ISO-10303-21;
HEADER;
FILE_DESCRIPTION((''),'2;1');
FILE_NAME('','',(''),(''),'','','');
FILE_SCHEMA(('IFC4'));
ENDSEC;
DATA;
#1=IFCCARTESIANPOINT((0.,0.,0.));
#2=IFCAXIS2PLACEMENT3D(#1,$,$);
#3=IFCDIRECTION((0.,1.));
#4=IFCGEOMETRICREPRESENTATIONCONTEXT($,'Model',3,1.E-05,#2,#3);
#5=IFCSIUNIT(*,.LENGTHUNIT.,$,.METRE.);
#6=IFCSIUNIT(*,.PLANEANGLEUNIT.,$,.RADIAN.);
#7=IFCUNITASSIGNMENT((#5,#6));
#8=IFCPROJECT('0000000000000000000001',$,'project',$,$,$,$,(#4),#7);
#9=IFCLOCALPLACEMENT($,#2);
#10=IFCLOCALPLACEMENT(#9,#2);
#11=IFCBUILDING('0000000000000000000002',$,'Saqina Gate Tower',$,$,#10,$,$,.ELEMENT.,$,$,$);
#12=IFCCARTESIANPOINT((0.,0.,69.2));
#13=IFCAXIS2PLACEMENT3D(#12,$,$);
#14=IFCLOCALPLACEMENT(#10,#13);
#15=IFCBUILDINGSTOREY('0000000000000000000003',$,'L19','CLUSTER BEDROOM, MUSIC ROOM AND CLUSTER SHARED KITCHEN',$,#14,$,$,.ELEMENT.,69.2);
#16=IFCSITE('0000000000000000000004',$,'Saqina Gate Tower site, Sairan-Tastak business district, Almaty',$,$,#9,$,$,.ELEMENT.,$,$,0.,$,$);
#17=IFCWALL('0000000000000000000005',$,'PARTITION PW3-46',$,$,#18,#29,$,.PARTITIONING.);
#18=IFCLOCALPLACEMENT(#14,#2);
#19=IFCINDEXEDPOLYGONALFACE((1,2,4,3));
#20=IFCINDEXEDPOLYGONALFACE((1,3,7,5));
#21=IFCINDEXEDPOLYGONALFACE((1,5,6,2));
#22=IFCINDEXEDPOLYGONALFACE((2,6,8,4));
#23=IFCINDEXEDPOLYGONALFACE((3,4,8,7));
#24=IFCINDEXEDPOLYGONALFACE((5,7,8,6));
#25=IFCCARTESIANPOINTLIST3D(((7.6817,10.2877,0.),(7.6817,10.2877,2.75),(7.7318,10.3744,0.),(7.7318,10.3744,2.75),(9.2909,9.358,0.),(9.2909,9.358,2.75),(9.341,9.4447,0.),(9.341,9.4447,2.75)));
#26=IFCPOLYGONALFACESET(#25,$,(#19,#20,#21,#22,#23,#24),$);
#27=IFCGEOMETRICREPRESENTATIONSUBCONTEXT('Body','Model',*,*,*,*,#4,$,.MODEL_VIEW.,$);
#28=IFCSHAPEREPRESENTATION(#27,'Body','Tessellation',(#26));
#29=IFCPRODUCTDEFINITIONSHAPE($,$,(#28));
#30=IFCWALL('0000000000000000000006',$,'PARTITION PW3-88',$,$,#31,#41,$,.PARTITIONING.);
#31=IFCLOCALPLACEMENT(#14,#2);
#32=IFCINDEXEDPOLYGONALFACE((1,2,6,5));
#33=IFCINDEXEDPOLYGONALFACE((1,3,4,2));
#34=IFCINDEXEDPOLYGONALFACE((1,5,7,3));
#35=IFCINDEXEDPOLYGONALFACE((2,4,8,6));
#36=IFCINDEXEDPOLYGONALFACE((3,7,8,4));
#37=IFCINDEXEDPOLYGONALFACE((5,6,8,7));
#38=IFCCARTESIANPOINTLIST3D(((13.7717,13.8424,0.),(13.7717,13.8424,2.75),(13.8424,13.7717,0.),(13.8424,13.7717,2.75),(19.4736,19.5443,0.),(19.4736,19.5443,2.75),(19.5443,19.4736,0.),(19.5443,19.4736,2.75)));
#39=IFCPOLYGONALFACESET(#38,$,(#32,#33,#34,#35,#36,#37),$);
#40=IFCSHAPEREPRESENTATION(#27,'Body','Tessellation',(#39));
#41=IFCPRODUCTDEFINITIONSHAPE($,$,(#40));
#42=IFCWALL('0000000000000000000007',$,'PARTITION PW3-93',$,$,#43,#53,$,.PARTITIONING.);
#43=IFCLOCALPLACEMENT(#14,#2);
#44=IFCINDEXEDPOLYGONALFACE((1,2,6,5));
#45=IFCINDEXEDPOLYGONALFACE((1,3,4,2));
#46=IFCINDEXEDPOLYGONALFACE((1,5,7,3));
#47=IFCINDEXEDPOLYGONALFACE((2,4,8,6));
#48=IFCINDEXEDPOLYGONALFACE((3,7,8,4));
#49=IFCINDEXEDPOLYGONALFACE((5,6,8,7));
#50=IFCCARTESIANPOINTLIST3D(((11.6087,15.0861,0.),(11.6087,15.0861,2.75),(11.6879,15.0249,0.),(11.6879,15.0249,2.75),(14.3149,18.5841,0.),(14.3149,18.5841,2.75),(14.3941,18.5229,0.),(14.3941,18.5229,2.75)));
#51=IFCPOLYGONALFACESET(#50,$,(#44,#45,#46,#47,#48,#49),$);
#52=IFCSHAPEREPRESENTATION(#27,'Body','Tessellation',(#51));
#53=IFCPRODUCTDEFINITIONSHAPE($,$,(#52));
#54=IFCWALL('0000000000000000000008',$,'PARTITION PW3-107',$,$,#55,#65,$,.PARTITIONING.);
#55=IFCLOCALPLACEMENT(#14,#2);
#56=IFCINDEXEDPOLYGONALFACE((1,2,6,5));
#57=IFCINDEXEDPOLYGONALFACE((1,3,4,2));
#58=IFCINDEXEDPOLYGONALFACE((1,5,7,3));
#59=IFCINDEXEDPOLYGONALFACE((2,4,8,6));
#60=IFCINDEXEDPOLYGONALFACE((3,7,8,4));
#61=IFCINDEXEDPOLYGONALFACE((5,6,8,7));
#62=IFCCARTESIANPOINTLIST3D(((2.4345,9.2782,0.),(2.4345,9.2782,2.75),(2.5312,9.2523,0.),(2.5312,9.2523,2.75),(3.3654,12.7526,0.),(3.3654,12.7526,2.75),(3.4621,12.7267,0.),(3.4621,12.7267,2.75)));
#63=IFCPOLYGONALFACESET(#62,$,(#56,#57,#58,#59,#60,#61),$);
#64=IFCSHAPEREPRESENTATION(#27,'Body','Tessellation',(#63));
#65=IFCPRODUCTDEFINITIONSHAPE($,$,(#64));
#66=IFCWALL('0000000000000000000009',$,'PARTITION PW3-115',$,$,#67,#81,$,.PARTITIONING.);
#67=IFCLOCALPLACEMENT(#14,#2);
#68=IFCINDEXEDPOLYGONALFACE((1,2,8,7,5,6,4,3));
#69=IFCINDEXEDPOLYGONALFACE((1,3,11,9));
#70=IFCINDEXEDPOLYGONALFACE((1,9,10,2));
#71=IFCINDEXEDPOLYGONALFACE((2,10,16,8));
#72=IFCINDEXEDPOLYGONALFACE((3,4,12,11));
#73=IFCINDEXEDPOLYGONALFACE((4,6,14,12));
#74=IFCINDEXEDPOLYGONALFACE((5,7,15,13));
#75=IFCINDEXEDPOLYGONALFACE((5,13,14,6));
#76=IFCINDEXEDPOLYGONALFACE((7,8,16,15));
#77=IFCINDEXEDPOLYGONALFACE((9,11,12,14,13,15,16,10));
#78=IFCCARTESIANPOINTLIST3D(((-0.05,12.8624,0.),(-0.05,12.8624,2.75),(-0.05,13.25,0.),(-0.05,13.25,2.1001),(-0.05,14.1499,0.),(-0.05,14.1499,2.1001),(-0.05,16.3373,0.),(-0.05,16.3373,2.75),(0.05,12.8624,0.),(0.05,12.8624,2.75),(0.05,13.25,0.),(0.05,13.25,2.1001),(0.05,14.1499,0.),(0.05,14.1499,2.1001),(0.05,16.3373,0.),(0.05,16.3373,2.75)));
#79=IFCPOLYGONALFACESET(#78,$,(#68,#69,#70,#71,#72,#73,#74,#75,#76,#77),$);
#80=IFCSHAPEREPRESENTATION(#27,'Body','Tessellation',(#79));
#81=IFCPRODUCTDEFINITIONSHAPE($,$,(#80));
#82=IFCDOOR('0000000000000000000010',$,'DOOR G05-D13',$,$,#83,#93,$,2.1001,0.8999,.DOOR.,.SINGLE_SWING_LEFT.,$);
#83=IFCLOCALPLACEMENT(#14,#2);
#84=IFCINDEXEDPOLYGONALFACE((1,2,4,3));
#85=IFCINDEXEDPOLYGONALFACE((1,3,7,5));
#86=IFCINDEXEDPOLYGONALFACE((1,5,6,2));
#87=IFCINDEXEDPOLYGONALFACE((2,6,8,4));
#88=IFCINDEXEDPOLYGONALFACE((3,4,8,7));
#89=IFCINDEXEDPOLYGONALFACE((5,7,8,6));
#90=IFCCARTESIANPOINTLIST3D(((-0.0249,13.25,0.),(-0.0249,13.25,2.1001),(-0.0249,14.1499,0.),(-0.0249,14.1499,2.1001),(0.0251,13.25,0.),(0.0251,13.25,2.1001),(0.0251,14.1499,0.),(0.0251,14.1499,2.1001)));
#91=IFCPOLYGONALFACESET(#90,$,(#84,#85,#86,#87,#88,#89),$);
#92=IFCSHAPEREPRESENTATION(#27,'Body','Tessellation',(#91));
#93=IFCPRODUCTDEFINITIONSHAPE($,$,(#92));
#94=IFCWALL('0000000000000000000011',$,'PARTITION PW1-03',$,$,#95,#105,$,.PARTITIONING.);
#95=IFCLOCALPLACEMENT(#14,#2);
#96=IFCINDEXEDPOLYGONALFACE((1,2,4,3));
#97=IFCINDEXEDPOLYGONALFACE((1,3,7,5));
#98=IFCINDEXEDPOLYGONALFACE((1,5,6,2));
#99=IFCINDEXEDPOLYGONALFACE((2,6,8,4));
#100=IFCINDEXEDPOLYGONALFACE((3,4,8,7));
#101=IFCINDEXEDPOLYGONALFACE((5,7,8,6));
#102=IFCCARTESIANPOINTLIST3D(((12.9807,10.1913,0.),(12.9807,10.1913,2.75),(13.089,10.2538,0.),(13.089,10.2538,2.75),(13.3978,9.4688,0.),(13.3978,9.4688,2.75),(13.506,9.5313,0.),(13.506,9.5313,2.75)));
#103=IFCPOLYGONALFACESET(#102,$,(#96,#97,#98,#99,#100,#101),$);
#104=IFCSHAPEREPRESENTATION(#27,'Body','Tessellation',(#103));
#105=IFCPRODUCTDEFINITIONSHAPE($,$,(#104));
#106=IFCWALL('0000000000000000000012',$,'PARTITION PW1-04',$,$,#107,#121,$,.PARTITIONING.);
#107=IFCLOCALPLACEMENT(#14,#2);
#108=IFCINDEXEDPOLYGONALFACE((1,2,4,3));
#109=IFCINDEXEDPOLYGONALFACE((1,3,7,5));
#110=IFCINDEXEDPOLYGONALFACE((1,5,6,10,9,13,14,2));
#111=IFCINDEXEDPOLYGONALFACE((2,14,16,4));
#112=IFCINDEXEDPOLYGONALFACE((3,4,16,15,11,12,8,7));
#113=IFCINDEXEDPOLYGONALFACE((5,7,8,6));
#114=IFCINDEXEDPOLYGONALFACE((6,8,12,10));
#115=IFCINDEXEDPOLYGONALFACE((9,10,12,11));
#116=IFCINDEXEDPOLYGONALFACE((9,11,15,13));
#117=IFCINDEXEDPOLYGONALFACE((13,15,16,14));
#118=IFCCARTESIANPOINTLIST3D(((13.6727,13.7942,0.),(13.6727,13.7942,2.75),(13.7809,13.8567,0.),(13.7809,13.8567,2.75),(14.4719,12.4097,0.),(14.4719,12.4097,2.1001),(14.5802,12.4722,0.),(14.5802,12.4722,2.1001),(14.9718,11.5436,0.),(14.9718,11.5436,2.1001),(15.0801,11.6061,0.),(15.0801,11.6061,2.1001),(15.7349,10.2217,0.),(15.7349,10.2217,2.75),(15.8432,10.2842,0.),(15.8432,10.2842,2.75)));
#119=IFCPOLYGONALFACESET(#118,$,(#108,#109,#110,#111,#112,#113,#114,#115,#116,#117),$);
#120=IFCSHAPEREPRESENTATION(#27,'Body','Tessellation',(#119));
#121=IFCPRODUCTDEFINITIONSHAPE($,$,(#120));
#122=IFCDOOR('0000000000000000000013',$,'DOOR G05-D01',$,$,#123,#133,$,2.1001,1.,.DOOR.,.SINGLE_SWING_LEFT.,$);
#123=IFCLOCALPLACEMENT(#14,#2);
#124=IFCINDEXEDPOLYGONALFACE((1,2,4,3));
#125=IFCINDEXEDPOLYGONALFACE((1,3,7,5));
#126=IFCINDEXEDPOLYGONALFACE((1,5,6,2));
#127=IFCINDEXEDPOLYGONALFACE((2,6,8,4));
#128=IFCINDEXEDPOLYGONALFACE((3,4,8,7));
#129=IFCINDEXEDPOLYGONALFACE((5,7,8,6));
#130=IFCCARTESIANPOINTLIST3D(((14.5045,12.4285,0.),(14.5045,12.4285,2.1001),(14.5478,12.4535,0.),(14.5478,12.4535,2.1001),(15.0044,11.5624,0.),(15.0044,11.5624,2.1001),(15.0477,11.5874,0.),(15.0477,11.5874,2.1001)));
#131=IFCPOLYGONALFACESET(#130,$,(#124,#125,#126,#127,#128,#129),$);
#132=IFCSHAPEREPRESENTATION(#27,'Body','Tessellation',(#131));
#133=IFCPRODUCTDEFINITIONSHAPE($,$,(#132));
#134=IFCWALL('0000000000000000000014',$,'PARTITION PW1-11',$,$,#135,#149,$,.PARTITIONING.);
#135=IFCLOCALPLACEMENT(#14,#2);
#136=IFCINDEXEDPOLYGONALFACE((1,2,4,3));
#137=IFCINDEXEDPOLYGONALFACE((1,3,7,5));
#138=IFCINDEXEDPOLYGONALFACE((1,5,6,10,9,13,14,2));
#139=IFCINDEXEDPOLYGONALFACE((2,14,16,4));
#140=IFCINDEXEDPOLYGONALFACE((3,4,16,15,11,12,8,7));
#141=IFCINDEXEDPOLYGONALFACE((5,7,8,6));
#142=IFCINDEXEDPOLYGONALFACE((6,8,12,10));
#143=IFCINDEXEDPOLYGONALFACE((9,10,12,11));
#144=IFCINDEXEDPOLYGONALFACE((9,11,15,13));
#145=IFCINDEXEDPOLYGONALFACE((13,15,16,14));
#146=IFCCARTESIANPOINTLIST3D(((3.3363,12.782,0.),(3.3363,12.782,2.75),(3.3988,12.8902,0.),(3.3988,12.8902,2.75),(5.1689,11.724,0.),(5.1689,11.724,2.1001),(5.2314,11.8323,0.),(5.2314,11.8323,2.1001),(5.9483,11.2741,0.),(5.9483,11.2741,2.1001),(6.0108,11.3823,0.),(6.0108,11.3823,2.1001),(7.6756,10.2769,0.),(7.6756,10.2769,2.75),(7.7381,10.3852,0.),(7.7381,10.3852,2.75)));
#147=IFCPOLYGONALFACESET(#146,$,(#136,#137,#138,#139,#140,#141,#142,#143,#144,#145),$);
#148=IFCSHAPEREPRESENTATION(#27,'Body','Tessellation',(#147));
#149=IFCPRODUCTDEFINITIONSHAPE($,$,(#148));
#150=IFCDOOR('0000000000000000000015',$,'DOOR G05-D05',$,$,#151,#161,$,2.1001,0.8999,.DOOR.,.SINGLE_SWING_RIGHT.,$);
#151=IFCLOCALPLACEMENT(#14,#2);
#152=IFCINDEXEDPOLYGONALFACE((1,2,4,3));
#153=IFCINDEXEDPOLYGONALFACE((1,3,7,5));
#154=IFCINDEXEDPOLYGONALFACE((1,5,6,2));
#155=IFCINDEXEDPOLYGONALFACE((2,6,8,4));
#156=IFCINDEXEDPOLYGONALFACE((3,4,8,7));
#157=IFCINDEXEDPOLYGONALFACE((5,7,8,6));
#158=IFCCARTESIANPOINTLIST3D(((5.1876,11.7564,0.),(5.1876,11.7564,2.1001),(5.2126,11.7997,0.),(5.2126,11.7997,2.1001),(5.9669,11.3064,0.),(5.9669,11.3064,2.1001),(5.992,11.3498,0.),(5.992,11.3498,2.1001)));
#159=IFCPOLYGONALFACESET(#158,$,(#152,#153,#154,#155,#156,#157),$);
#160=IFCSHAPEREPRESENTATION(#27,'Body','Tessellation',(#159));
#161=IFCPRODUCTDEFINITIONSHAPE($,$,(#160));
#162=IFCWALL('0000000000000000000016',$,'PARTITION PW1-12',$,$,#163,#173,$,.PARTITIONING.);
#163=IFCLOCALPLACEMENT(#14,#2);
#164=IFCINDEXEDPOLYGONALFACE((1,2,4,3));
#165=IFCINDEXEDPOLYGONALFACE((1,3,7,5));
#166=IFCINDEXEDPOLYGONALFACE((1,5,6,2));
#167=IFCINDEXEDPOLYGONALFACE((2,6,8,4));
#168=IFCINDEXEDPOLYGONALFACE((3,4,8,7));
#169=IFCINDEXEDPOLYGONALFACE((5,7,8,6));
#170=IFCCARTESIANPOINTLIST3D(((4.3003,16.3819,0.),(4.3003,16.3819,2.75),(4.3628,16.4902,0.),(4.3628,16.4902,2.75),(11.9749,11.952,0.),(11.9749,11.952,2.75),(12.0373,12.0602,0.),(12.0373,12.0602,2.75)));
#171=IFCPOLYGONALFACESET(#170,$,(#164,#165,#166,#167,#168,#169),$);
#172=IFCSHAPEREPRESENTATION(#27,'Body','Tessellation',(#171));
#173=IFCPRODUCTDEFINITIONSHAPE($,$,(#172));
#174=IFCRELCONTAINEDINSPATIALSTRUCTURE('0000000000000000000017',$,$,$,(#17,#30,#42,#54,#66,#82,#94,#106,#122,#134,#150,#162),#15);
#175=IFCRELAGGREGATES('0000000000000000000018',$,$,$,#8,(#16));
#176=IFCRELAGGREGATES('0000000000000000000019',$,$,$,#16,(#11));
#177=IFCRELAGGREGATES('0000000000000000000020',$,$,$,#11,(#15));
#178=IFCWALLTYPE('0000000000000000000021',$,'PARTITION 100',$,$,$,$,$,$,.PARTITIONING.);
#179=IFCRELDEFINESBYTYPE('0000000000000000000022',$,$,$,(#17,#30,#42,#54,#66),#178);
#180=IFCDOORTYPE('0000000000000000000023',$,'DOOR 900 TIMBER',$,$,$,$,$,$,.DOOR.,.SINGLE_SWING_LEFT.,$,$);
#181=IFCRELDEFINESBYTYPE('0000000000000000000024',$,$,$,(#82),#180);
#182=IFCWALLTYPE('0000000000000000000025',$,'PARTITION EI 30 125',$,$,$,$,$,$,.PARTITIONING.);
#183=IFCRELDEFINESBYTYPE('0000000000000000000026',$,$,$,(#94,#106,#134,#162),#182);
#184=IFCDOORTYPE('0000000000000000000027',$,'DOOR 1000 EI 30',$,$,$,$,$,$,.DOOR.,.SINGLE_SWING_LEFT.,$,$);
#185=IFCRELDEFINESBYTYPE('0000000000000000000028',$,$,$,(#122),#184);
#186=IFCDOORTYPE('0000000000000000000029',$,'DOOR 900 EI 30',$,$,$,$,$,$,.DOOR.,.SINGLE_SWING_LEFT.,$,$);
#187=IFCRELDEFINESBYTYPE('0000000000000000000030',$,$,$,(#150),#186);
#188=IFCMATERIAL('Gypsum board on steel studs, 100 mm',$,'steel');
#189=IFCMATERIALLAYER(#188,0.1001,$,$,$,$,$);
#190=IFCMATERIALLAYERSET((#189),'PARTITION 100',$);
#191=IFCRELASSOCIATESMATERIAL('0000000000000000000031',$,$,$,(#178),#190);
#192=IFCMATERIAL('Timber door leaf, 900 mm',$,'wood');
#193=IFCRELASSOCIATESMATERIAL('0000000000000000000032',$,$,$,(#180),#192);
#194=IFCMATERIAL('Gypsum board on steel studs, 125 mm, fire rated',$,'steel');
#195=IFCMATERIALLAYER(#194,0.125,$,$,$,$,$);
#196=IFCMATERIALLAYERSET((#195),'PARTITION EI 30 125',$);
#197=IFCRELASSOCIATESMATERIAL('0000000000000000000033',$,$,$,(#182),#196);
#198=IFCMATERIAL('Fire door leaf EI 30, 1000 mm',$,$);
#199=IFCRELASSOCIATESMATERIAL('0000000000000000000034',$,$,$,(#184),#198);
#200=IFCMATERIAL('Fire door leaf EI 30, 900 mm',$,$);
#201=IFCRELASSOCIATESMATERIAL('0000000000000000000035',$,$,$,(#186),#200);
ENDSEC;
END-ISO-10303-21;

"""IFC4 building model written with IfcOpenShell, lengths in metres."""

from ifc_helpers import new_model, si_unit, direction, frame, frame_2d, origin, place, context, subcontext, project, spatial, rectangle, extrude, material, layer, layer_set, type_object, element, fill, save


model = new_model("IFC4")

# Units and contexts
model_context = context("Model", 3, precision=1e-05, world=origin(), true_north=direction((0.0, 1.0)))
body_context = subcontext(model_context, "Body", "Model", "MODEL_VIEW")
ifc_project = project(units=[si_unit("LENGTHUNIT", "METRE"), si_unit("PLANEANGLEUNIT", "RADIAN")], contexts=[model_context])

# Site, building, storey
site_placement = place(None, origin())
site = spatial("IfcSite", under=ifc_project, at=site_placement, Name="Saqina Gate Tower site, Sairan-Tastak business district, Almaty", CompositionType="ELEMENT", RefElevation=0.0)
building_placement = place(site_placement, origin())
building = spatial("IfcBuilding", under=site, at=building_placement, Name="Saqina Gate Tower", CompositionType="ELEMENT")
storey_placement = place(building_placement, frame((0.0, 0.0, 69.2)))
storey = spatial("IfcBuildingStorey", under=building, at=storey_placement, Name="L19", Description="CLUSTER BEDROOM, MUSIC ROOM AND CLUSTER SHARED KITCHEN", CompositionType="ELEMENT", Elevation=69.2)

# Walls
ifc_material_1 = material(Name="Gypsum board on steel studs, 100 mm", Category="steel")
ifc_layer_1 = layer(ifc_material_1, 0.1001)
ifc_layer_set_1 = layer_set([ifc_layer_1], Name="PARTITION 100")
wall_type_1 = type_object("IfcWallType", Name="PARTITION 100", PredefinedType="PARTITIONING", material=ifc_layer_set_1)
wall_1_placement = place(storey_placement, frame((7.7068, 10.3311, 0.0), z_axis=(0.0, 0.0, 1.0), x_axis=(0.865873, -0.500264, 0.0)))
element("IfcWall", 1, at=wall_1_placement, inside=storey, type_object=wall_type_1, Name="PARTITION PW3-46", PredefinedType="PARTITIONING", context=body_context, shape_type="SweptSolid", body=[
    extrude(rectangle(XDim=1.8584, YDim=0.1001, at=frame_2d((0.9292, 0.0))), origin(), (0.0, 0.0, 1.0), 2.75),
])
wall_2_placement = place(storey_placement, frame((13.8071, 13.8071, 0.0), z_axis=(0.0, 0.0, 1.0), x_axis=(0.707107, 0.707107, 0.0)))
element("IfcWall", 2, at=wall_2_placement, inside=storey, type_object=wall_type_1, Name="PARTITION PW3-88", PredefinedType="PARTITIONING", context=body_context, shape_type="SweptSolid", body=[
    extrude(rectangle(XDim=8.0637, YDim=0.1001, at=frame_2d((4.0317, 0.0))), origin(), (0.0, 0.0, 1.0), 2.75),
])
wall_3_placement = place(storey_placement, frame((11.6482, 15.0554, 0.0), z_axis=(0.0, 0.0, 1.0), x_axis=(0.611909, 0.790928, 0.0)))
element("IfcWall", 3, at=wall_3_placement, inside=storey, type_object=wall_type_1, Name="PARTITION PW3-93", PredefinedType="PARTITIONING", context=body_context, shape_type="SweptSolid", body=[
    extrude(rectangle(XDim=4.4226, YDim=0.1001, at=frame_2d((2.2114, 0.0))), origin(), (0.0, 0.0, 1.0), 2.75),
])
wall_4_placement = place(storey_placement, frame((2.4829, 9.2654, 0.0), z_axis=(0.0, 0.0, 1.0), x_axis=(0.258807, 0.965929, 0.0)))
element("IfcWall", 4, at=wall_4_placement, inside=storey, type_object=wall_type_1, Name="PARTITION PW3-107", PredefinedType="PARTITIONING", context=body_context, shape_type="SweptSolid", body=[
    extrude(rectangle(XDim=3.5969, YDim=0.1001, at=frame_2d((1.7983, 0.0))), origin(), (0.0, 0.0, 1.0), 2.75),
])

# Wall, opening, door
wall_5_placement = place(storey_placement, frame((0.0, 12.8625, 0.0), z_axis=(0.0, 0.0, 1.0), x_axis=(0.0, 1.0, 0.0)))
wall_5 = element("IfcWall", 5, at=wall_5_placement, inside=storey, type_object=wall_type_1, Name="PARTITION PW3-115", PredefinedType="PARTITIONING", context=body_context, shape_type="SweptSolid", body=[
    extrude(rectangle(XDim=3.4749, YDim=0.1001, at=frame_2d((1.7373, 0.0))), origin(), (0.0, 0.0, 1.0), 2.75),
])
opening_1_placement = place(wall_5_placement, frame((0.3875, 0.0, 0.0)))
opening_1 = element("IfcOpeningElement", 6, at=opening_1_placement, cuts=wall_5, PredefinedType="OPENING", context=body_context, shape_type="SweptSolid", body=[
    extrude(rectangle(XDim=0.8999, YDim=2.1001, at=frame_2d((0.45, 1.05))), frame((0.0, 0.062, 0.0), z_axis=(0.0, -1.0, 0.0), x_axis=(1.0, 0.0, 0.0)), (0.0, 0.0, 1.0), 0.124),
])
ifc_material_2 = material(Name="Timber door leaf, 900 mm", Category="wood")
door_type_1 = type_object("IfcDoorType", Name="DOOR 900 TIMBER", OperationType="SINGLE_SWING_LEFT", PredefinedType="DOOR", material=ifc_material_2)
door_1_placement = place(opening_1_placement, origin())
door_1 = element("IfcDoor", 7, at=door_1_placement, inside=storey, type_object=door_type_1, Name="DOOR G05-D13", OperationType="SINGLE_SWING_LEFT", OverallHeight=2.1001, OverallWidth=0.8999, PredefinedType="DOOR", context=body_context, shape_type="SweptSolid", body=[
    extrude(rectangle(XDim=0.8999, YDim=2.1001, at=frame_2d((0.45, 1.05))), frame((0.0, 0.0249, 0.0), z_axis=(0.0, -1.0, 0.0), x_axis=(1.0, 0.0, 0.0)), (0.0, 0.0, 1.0), 0.05),
])
fill(opening_1, door_1)

# Wall
ifc_material_3 = material(Name="Gypsum board on steel studs, 125 mm, fire rated", Category="steel")
ifc_layer_2 = layer(ifc_material_3, 0.125)
ifc_layer_set_2 = layer_set([ifc_layer_2], Name="PARTITION EI 30 125")
wall_type_2 = type_object("IfcWallType", Name="PARTITION EI 30 125", PredefinedType="PARTITIONING", material=ifc_layer_set_2)
wall_6_placement = place(storey_placement, frame((13.0349, 10.2224, 0.0), z_axis=(0.0, 0.0, 1.0), x_axis=(0.499917, -0.866073, 0.0)))
element("IfcWall", 8, at=wall_6_placement, inside=storey, type_object=wall_type_2, Name="PARTITION PW1-03", PredefinedType="PARTITIONING", context=body_context, shape_type="SweptSolid", body=[
    extrude(rectangle(XDim=0.8342, YDim=0.125, at=frame_2d((0.417, 0.0))), origin(), (0.0, 0.0, 1.0), 2.75),
])

# Walls, openings, doors
wall_7_placement = place(storey_placement, frame((13.7268, 13.8254, 0.0), z_axis=(0.0, 0.0, 1.0), x_axis=(0.499939, -0.86606, 0.0)))
wall_7 = element("IfcWall", 9, at=wall_7_placement, inside=storey, type_object=wall_type_2, Name="PARTITION PW1-04", PredefinedType="PARTITIONING", context=body_context, shape_type="SweptSolid", body=[
    extrude(rectangle(XDim=4.125, YDim=0.125, at=frame_2d((2.0625, 0.0))), origin(), (0.0, 0.0, 1.0), 2.75),
])
opening_2_placement = place(wall_7_placement, frame((1.5986, 0.0, 0.0)))
opening_2 = element("IfcOpeningElement", 10, at=opening_2_placement, cuts=wall_7, PredefinedType="OPENING", context=body_context, shape_type="SweptSolid", body=[
    extrude(rectangle(XDim=1.0, YDim=2.1001, at=frame_2d((0.5, 1.05))), frame((0.0, 0.0745, 0.0), z_axis=(0.0, -1.0, 0.0), x_axis=(1.0, 0.0, 0.0)), (0.0, 0.0, 1.0), 0.1489),
])
ifc_material_4 = material(Name="Fire door leaf EI 30, 1000 mm")
door_type_2 = type_object("IfcDoorType", Name="DOOR 1000 EI 30", OperationType="SINGLE_SWING_LEFT", PredefinedType="DOOR", material=ifc_material_4)
door_2_placement = place(opening_2_placement, frame((1.0, 0.0, 0.0), z_axis=(0.0, 0.0, 1.0), x_axis=(-1.0, 0.0, 0.0)))
door_2 = element("IfcDoor", 11, at=door_2_placement, inside=storey, type_object=door_type_2, Name="DOOR G05-D01", OperationType="SINGLE_SWING_LEFT", OverallHeight=2.1001, OverallWidth=1.0, PredefinedType="DOOR", context=body_context, shape_type="SweptSolid", body=[
    extrude(rectangle(XDim=1.0, YDim=2.1001, at=frame_2d((0.5, 1.05))), frame((0.0, 0.0249, 0.0), z_axis=(0.0, -1.0, 0.0), x_axis=(1.0, 0.0, 0.0)), (0.0, 0.0, 1.0), 0.05),
])
fill(opening_2, door_2)
wall_8_placement = place(storey_placement, frame((3.3674, 12.8362, 0.0), z_axis=(0.0, 0.0, 1.0), x_axis=(0.866043, -0.49997, 0.0)))
wall_8 = element("IfcWall", 12, at=wall_8_placement, inside=storey, type_object=wall_type_2, Name="PARTITION PW1-11", PredefinedType="PARTITIONING", context=body_context, shape_type="SweptSolid", body=[
    extrude(rectangle(XDim=5.0105, YDim=0.125, at=frame_2d((2.5054, 0.0))), origin(), (0.0, 0.0, 1.0), 2.75),
])
opening_3_placement = place(wall_8_placement, frame((2.1162, 0.0, 0.0)))
opening_3 = element("IfcOpeningElement", 13, at=opening_3_placement, cuts=wall_8, PredefinedType="OPENING", context=body_context, shape_type="SweptSolid", body=[
    extrude(rectangle(XDim=0.8999, YDim=2.1001, at=frame_2d((0.45, 1.05))), frame((0.0, 0.0745, 0.0), z_axis=(0.0, -1.0, 0.0), x_axis=(1.0, 0.0, 0.0)), (0.0, 0.0, 1.0), 0.1489),
])
ifc_material_5 = material(Name="Fire door leaf EI 30, 900 mm")
door_type_3 = type_object("IfcDoorType", Name="DOOR 900 EI 30", OperationType="SINGLE_SWING_LEFT", PredefinedType="DOOR", material=ifc_material_5)
door_3_placement = place(opening_3_placement, origin())
door_3 = element("IfcDoor", 14, at=door_3_placement, inside=storey, type_object=door_type_3, Name="DOOR G05-D05", OperationType="SINGLE_SWING_RIGHT", OverallHeight=2.1001, OverallWidth=0.8999, PredefinedType="DOOR", context=body_context, shape_type="SweptSolid", body=[
    extrude(rectangle(XDim=0.8999, YDim=2.1001, at=frame_2d((0.45, 1.05))), frame((0.0, 0.0249, 0.0), z_axis=(0.0, -1.0, 0.0), x_axis=(1.0, 0.0, 0.0)), (0.0, 0.0, 1.0), 0.05),
])
fill(opening_3, door_3)

# Wall
wall_9_placement = place(storey_placement, frame((4.3315, 16.436, 0.0), z_axis=(0.0, 0.0, 1.0), x_axis=(0.866073, -0.499917, 0.0)))
element("IfcWall", 15, at=wall_9_placement, inside=storey, type_object=wall_type_2, Name="PARTITION PW1-12", PredefinedType="PARTITIONING", context=body_context, shape_type="SweptSolid", body=[
    extrude(rectangle(XDim=8.8613, YDim=0.125, at=frame_2d((4.4307, 0.0))), origin(), (0.0, 0.0, 1.0), 2.75),
])

save(model, "model.ifc")
